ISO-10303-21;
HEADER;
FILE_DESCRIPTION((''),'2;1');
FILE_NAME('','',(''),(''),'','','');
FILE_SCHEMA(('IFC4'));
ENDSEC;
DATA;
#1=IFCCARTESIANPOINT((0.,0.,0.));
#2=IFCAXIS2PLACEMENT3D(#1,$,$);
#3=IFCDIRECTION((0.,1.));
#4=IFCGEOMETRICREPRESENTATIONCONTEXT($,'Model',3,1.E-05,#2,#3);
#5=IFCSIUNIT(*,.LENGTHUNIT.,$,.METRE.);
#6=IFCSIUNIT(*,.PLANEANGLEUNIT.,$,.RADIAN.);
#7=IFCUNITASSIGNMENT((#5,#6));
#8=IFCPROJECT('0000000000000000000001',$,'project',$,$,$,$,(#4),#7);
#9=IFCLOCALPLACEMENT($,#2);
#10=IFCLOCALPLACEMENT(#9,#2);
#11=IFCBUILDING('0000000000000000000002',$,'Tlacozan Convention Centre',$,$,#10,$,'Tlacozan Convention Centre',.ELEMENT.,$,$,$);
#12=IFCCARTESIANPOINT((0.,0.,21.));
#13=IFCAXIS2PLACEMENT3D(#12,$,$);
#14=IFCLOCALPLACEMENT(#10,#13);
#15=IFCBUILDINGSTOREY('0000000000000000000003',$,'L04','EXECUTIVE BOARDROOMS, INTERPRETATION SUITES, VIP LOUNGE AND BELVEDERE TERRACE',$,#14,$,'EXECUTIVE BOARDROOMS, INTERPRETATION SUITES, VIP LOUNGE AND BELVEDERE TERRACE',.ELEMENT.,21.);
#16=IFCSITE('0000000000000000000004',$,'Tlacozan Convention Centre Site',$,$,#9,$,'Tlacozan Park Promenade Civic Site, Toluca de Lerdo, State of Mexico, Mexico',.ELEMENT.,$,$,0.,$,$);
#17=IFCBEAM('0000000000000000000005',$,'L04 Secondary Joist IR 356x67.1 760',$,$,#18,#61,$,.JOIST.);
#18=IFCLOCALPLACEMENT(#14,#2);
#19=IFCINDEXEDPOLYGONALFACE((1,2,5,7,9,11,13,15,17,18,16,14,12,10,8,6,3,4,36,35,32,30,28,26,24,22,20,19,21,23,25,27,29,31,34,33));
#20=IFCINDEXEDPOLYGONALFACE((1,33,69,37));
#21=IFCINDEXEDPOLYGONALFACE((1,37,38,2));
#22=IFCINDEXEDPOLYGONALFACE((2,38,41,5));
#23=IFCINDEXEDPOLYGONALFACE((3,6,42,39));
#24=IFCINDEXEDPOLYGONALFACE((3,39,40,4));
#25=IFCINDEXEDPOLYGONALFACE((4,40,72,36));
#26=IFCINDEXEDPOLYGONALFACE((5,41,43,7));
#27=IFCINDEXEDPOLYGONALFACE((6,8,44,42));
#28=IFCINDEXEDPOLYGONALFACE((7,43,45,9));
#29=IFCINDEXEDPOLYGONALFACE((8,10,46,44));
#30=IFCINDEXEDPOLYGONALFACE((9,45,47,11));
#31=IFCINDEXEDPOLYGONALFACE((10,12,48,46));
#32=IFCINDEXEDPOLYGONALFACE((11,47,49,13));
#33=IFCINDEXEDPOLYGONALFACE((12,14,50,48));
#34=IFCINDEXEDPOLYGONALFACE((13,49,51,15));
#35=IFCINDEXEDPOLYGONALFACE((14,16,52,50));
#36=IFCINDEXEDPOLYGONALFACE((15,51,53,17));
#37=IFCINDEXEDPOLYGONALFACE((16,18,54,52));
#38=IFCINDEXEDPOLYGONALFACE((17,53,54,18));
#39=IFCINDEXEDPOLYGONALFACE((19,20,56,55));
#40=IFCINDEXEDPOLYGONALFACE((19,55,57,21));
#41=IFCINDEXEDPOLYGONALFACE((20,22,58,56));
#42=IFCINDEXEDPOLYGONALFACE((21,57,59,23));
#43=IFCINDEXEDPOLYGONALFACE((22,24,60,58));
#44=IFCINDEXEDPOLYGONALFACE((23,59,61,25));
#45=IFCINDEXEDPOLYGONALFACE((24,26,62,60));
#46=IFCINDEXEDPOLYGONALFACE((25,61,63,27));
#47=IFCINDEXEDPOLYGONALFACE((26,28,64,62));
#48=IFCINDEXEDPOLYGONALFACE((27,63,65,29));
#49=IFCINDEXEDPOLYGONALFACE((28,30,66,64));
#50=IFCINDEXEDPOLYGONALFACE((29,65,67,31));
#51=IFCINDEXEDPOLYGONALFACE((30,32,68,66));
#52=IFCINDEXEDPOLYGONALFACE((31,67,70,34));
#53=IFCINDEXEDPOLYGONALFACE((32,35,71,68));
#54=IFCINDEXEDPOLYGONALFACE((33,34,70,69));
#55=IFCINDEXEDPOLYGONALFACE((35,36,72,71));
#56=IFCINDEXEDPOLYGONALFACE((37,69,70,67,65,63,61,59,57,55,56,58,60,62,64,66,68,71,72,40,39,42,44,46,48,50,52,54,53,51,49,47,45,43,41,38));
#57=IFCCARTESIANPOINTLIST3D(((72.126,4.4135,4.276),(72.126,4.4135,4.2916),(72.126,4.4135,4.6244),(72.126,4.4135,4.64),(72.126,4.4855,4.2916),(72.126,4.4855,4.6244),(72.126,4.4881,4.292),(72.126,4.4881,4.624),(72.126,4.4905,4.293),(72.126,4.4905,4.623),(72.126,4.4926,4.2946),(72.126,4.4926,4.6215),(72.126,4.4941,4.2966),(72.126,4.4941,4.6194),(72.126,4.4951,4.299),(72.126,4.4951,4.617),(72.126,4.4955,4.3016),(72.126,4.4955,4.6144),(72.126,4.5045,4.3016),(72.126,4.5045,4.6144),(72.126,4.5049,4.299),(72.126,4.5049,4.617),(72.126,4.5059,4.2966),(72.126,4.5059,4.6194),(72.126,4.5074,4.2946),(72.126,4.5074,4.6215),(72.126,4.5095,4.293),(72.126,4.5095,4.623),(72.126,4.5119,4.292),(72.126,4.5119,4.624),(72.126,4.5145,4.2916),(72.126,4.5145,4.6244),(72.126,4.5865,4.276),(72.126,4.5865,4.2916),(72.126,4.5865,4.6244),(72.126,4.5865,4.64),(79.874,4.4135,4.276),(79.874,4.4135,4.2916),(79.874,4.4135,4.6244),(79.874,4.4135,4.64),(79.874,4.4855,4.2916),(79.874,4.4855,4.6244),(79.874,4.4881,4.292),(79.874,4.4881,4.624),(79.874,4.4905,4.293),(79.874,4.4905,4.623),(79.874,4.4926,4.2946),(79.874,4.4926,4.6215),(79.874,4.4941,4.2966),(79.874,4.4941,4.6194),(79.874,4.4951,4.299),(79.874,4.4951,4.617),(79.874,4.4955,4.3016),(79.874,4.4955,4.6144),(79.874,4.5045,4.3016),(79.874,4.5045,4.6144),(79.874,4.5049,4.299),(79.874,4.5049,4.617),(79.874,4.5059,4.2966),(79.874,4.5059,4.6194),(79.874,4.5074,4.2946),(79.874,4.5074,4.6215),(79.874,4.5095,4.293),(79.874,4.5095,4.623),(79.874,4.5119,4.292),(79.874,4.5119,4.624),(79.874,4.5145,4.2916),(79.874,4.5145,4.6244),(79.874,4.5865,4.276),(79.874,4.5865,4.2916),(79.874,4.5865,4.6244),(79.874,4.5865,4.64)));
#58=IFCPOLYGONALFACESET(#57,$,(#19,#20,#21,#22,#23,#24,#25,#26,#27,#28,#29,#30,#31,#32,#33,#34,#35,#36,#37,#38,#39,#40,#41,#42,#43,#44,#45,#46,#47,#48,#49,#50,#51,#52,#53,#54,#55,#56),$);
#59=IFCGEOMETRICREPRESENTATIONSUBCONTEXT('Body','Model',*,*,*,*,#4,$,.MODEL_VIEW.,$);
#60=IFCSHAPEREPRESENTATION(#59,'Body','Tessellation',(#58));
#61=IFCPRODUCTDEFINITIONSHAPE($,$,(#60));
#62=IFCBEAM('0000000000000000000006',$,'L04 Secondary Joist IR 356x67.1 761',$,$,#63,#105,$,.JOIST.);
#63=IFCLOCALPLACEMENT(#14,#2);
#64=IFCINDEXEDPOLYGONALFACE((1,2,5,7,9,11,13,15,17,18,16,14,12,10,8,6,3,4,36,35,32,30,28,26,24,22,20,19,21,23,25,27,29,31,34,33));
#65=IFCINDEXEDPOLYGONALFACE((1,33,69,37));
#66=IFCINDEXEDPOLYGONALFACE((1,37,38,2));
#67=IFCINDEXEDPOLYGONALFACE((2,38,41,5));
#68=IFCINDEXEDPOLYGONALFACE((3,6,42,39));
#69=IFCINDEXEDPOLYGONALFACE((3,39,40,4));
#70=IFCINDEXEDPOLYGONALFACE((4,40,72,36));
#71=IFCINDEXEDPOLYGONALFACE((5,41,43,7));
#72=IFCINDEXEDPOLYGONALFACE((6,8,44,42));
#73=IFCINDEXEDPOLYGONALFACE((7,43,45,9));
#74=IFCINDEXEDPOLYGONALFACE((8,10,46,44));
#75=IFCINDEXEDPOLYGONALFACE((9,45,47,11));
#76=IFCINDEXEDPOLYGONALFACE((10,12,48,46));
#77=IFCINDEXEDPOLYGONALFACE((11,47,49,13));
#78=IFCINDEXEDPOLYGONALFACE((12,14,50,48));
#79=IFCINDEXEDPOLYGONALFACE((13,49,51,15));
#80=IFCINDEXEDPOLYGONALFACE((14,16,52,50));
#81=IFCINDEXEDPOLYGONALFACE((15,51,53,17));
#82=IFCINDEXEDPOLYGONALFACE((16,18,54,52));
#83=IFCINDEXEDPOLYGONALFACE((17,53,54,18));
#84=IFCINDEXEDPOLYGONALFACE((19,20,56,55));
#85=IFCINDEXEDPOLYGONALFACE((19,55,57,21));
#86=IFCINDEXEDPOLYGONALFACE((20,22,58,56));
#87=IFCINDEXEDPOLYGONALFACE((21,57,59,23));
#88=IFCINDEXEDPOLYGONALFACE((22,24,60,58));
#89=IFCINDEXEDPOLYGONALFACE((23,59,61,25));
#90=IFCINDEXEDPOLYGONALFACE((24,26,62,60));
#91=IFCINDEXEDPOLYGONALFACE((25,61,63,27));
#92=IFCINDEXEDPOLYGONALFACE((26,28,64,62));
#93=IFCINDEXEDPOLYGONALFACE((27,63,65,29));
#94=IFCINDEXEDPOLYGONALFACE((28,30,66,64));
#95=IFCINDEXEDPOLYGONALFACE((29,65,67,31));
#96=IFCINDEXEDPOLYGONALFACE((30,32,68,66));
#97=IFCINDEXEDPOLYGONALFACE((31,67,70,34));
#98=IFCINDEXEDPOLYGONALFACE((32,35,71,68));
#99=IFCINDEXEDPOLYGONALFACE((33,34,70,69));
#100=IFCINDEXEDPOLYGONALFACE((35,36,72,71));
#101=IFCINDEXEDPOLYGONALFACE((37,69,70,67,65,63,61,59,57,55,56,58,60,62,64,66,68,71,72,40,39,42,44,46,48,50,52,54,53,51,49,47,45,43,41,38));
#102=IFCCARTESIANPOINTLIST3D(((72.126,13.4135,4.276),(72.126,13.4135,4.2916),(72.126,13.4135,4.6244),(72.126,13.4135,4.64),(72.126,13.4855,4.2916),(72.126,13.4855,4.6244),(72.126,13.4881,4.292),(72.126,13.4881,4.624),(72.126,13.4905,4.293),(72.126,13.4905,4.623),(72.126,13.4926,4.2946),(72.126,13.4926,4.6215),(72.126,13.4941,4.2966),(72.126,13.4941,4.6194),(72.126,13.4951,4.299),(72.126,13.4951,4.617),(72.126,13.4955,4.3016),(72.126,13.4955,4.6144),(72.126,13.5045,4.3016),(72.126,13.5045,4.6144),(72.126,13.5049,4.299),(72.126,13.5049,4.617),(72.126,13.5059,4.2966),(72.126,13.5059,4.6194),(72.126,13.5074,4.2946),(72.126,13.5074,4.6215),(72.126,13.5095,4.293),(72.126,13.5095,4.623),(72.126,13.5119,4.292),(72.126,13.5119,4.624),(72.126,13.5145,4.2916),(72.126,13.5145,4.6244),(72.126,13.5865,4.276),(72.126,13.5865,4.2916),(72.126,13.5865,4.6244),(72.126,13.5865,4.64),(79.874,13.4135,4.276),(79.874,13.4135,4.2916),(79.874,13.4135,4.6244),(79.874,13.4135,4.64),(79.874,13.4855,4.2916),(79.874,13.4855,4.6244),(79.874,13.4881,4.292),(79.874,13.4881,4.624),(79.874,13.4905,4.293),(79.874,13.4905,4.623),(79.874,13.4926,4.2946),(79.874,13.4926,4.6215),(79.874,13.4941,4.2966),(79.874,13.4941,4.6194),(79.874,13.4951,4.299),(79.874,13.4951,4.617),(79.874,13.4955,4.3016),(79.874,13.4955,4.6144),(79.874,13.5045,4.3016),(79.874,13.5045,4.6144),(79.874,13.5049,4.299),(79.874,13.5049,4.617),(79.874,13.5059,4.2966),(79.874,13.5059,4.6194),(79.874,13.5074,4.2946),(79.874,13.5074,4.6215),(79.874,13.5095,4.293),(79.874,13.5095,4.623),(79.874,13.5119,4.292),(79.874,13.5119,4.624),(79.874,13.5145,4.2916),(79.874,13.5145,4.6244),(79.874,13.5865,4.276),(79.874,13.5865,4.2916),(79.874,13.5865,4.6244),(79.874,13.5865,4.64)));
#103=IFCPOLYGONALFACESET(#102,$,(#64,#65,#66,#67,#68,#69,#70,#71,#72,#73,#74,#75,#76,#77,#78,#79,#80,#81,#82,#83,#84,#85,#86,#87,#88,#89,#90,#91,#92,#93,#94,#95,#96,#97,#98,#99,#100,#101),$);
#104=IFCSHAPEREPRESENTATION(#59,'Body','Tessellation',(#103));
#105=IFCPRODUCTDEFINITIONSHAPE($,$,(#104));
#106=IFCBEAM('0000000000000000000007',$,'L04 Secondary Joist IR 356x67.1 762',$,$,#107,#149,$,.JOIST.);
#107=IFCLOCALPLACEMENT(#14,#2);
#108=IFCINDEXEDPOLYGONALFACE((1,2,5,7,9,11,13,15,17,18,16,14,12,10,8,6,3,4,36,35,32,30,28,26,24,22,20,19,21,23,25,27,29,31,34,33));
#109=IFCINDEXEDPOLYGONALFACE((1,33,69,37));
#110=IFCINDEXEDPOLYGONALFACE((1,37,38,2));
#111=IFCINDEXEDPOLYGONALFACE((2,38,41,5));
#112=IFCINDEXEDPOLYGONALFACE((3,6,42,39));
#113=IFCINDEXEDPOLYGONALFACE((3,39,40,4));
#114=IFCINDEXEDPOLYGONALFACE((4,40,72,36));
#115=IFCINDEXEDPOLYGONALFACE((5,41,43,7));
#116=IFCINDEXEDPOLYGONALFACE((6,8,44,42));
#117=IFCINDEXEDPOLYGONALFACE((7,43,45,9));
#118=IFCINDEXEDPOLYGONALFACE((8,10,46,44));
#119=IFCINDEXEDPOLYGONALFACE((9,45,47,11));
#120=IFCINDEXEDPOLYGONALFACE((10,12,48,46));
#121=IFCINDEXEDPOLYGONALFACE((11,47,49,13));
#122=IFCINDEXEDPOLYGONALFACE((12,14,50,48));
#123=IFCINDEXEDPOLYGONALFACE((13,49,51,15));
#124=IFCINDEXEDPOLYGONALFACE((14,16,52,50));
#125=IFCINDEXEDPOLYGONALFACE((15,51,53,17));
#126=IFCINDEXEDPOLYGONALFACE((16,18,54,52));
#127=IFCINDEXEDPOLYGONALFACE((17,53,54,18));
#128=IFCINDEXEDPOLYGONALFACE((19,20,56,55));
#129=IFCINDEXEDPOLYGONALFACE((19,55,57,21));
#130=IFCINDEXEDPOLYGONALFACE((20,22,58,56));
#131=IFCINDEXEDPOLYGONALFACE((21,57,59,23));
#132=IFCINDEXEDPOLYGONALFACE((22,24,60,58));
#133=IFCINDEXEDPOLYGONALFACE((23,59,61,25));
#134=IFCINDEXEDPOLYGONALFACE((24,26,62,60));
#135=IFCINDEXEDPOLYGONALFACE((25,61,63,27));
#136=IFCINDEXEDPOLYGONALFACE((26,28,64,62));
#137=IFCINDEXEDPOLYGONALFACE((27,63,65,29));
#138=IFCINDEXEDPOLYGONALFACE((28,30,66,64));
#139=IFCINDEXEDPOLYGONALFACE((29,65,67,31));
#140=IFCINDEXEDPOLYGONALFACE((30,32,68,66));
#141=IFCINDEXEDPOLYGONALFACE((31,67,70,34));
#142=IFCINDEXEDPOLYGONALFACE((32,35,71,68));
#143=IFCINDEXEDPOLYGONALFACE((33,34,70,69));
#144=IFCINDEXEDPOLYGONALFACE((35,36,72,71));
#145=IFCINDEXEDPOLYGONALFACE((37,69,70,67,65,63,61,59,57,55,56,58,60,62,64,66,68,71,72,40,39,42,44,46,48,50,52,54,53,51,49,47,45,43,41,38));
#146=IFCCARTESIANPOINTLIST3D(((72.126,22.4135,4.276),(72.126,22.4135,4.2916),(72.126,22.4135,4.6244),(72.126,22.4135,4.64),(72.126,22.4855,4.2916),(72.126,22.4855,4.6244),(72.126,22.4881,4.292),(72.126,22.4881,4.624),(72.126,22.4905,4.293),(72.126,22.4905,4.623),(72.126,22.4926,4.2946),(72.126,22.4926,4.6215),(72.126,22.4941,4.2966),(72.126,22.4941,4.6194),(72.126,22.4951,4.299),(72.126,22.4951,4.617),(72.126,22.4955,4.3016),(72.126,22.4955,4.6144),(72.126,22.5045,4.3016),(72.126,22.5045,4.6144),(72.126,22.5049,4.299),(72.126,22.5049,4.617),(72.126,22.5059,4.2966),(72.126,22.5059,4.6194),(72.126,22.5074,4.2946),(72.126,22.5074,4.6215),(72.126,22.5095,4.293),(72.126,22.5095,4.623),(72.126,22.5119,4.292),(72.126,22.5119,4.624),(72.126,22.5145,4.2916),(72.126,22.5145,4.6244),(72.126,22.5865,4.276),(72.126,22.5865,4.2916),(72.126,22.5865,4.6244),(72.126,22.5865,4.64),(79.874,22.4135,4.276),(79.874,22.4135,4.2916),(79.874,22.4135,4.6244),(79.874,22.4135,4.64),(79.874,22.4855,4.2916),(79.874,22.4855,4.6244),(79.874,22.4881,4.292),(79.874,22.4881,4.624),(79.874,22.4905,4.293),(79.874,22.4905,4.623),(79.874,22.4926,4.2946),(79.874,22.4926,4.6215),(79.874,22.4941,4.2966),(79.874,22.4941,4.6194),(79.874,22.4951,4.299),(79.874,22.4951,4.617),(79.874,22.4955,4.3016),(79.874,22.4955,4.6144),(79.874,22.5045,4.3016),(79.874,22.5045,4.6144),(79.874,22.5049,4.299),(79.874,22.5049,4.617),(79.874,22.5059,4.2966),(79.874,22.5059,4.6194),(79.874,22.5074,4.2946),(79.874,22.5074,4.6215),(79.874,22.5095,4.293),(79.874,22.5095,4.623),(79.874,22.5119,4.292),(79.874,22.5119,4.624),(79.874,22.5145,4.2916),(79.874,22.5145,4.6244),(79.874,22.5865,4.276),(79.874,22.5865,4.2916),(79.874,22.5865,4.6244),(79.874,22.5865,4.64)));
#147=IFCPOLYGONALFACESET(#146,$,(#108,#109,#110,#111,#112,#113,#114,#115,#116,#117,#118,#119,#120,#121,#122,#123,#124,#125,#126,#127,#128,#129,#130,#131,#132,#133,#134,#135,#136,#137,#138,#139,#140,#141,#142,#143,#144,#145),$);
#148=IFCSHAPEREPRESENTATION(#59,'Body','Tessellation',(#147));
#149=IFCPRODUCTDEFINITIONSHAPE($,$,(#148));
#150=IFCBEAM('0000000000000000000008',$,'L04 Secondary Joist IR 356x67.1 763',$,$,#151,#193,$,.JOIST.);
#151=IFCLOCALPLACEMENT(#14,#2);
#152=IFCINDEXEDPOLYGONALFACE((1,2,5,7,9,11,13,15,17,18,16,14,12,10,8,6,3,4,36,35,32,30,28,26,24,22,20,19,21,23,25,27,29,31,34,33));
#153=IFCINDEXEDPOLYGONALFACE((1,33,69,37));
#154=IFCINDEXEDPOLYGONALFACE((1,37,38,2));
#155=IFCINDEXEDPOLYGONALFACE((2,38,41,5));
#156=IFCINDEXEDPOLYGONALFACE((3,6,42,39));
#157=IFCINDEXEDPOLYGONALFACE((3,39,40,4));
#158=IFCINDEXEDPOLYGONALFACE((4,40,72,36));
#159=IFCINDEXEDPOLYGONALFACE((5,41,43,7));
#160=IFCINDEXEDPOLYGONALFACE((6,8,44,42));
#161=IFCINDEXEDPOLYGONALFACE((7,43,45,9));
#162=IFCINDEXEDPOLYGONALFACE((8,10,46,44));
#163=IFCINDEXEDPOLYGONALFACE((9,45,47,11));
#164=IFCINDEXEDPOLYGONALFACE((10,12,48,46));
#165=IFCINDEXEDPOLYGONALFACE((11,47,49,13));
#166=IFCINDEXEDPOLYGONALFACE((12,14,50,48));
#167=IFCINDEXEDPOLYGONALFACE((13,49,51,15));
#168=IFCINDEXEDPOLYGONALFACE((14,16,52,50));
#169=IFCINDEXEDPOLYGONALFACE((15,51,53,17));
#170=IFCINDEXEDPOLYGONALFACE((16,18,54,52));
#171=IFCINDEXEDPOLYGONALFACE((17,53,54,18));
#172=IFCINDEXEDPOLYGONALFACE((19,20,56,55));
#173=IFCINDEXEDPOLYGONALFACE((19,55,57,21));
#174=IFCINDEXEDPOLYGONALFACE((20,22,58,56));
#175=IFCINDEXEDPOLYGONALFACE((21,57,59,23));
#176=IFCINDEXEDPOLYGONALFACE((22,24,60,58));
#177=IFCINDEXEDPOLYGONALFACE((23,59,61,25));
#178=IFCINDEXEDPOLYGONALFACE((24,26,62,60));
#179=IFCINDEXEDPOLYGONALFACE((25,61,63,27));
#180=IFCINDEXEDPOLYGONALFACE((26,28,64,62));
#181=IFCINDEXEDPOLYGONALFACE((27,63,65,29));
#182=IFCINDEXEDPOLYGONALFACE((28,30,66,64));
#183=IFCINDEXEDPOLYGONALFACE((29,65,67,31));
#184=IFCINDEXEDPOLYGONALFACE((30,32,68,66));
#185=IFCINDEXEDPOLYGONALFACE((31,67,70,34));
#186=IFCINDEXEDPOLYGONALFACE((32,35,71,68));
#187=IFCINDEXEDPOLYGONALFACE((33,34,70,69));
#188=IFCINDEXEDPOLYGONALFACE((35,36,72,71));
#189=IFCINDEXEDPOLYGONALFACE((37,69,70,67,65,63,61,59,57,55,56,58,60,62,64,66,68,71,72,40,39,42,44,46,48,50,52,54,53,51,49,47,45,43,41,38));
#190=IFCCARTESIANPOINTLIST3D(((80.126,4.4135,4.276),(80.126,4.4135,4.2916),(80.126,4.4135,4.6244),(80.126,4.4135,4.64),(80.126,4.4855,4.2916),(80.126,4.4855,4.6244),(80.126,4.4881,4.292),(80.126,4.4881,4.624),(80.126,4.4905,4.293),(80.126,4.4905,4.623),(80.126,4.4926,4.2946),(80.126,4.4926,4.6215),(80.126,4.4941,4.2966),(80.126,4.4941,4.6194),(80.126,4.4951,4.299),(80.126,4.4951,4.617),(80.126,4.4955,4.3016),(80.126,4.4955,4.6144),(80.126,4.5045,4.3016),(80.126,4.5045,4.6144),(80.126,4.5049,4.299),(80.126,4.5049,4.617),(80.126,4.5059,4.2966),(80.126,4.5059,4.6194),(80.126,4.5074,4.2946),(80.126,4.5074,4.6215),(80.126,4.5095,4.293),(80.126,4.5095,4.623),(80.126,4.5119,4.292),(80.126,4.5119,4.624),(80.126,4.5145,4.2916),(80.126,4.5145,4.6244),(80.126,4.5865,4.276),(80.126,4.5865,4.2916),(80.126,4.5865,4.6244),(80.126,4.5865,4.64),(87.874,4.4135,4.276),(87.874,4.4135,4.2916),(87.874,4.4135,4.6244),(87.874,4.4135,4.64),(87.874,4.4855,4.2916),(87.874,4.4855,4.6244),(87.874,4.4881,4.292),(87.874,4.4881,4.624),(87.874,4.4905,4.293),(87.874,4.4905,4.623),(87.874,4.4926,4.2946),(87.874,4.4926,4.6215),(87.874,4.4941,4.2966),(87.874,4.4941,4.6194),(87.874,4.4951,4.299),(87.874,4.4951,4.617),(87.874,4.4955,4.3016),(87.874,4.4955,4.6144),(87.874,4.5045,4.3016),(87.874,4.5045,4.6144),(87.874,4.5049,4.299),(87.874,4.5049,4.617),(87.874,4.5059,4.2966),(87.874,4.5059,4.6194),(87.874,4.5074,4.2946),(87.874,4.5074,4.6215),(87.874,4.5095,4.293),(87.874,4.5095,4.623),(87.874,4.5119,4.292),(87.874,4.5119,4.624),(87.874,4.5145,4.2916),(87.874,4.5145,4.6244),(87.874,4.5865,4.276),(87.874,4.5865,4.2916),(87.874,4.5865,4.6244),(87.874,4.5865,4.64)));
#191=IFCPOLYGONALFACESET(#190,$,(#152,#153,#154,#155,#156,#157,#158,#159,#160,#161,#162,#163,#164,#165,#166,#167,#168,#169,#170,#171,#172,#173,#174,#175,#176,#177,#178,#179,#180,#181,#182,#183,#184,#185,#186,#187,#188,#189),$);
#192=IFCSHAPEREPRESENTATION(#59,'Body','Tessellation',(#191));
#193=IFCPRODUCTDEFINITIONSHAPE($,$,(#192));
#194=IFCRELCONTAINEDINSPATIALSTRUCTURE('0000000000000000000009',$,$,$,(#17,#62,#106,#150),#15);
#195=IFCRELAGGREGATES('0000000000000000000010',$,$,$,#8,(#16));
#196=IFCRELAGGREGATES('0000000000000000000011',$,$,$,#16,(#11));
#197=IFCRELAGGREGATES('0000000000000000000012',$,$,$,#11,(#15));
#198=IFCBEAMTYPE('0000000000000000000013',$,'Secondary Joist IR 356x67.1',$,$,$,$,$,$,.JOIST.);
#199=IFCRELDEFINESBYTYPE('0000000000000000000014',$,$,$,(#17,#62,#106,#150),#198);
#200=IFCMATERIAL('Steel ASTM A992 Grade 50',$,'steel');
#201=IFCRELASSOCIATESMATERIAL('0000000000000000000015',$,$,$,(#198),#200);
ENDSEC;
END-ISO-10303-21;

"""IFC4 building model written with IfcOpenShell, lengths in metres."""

from ifc_helpers import new_model, si_unit, direction, frame, origin, origin_2d, place, context, subcontext, project, spatial, i_section, extrude, material, material_profile, profile_set, type_object, element, save


model = new_model("IFC4")

# Units and contexts
model_context = context("Model", 3, precision=1e-05, world=origin(), true_north=direction((0.0, 1.0)))
body_context = subcontext(model_context, "Body", "Model", "MODEL_VIEW")
ifc_project = project(units=[si_unit("LENGTHUNIT", "METRE"), si_unit("PLANEANGLEUNIT", "RADIAN")], contexts=[model_context])

# Site, building, storey
site_placement = place(None, origin())
site = spatial("IfcSite", under=ifc_project, at=site_placement, Name="Tlacozan Convention Centre Site", LongName="Tlacozan Park Promenade Civic Site, Toluca de Lerdo, State of Mexico, Mexico", CompositionType="ELEMENT", RefElevation=0.0)
building_placement = place(site_placement, origin())
building = spatial("IfcBuilding", under=site, at=building_placement, Name="Tlacozan Convention Centre", LongName="Tlacozan Convention Centre", CompositionType="ELEMENT")
storey_placement = place(building_placement, frame((0.0, 0.0, 21.0)))
storey = spatial("IfcBuildingStorey", under=building, at=storey_placement, Name="L04", Description="EXECUTIVE BOARDROOMS, INTERPRETATION SUITES, VIP LOUNGE AND BELVEDERE TERRACE", LongName="EXECUTIVE BOARDROOMS, INTERPRETATION SUITES, VIP LOUNGE AND BELVEDERE TERRACE", CompositionType="ELEMENT", Elevation=21.0)

# Beams
ifc_material_1 = material(Name="Steel ASTM A992 Grade 50", Category="steel")
ifc_material_profile_1 = material_profile(ifc_material_1, i_section(OverallWidth=0.1731, OverallDepth=0.364, WebThickness=0.009, FlangeThickness=0.0156, FilletRadius=0.01, at=origin_2d()), Name="IR 356x67.1")
ifc_profile_set_1 = profile_set([ifc_material_profile_1], Name="Steel ASTM A992 Grade 50")
beam_type_1 = type_object("IfcBeamType", Name="Secondary Joist IR 356x67.1", PredefinedType="JOIST", material=ifc_profile_set_1)
for number, where, z_axis, x_axis, name in (
    (1, (72.126, 4.5, 4.458), (1.0, 0.0, 0.0), (0.0, 1.0, 0.0), "L04 Secondary Joist IR 356x67.1 760"),
    (2, (72.126, 13.5, 4.458), (1.0, 0.0, 0.0), (0.0, 1.0, 0.0), "L04 Secondary Joist IR 356x67.1 761"),
    (3, (72.126, 22.5, 4.458), (1.0, 0.0, 0.0), (0.0, 1.0, 0.0), "L04 Secondary Joist IR 356x67.1 762"),
    (4, (80.126, 4.5, 4.458), (1.0, 0.0, 0.0), (0.0, 1.0, 0.0), "L04 Secondary Joist IR 356x67.1 763"),
):
    element("IfcBeam", number, at=place(storey_placement, frame(where, z_axis=z_axis, x_axis=x_axis)), inside=storey, type_object=beam_type_1, Name=name, PredefinedType="JOIST", context=body_context, shape_type="SweptSolid", body=[
        extrude(i_section(OverallWidth=0.1731, OverallDepth=0.364, WebThickness=0.009, FlangeThickness=0.0156, FilletRadius=0.01, at=origin_2d()), origin(), (0.0, 0.0, 1.0), 7.748),
    ])

save(model, "model.ifc")
